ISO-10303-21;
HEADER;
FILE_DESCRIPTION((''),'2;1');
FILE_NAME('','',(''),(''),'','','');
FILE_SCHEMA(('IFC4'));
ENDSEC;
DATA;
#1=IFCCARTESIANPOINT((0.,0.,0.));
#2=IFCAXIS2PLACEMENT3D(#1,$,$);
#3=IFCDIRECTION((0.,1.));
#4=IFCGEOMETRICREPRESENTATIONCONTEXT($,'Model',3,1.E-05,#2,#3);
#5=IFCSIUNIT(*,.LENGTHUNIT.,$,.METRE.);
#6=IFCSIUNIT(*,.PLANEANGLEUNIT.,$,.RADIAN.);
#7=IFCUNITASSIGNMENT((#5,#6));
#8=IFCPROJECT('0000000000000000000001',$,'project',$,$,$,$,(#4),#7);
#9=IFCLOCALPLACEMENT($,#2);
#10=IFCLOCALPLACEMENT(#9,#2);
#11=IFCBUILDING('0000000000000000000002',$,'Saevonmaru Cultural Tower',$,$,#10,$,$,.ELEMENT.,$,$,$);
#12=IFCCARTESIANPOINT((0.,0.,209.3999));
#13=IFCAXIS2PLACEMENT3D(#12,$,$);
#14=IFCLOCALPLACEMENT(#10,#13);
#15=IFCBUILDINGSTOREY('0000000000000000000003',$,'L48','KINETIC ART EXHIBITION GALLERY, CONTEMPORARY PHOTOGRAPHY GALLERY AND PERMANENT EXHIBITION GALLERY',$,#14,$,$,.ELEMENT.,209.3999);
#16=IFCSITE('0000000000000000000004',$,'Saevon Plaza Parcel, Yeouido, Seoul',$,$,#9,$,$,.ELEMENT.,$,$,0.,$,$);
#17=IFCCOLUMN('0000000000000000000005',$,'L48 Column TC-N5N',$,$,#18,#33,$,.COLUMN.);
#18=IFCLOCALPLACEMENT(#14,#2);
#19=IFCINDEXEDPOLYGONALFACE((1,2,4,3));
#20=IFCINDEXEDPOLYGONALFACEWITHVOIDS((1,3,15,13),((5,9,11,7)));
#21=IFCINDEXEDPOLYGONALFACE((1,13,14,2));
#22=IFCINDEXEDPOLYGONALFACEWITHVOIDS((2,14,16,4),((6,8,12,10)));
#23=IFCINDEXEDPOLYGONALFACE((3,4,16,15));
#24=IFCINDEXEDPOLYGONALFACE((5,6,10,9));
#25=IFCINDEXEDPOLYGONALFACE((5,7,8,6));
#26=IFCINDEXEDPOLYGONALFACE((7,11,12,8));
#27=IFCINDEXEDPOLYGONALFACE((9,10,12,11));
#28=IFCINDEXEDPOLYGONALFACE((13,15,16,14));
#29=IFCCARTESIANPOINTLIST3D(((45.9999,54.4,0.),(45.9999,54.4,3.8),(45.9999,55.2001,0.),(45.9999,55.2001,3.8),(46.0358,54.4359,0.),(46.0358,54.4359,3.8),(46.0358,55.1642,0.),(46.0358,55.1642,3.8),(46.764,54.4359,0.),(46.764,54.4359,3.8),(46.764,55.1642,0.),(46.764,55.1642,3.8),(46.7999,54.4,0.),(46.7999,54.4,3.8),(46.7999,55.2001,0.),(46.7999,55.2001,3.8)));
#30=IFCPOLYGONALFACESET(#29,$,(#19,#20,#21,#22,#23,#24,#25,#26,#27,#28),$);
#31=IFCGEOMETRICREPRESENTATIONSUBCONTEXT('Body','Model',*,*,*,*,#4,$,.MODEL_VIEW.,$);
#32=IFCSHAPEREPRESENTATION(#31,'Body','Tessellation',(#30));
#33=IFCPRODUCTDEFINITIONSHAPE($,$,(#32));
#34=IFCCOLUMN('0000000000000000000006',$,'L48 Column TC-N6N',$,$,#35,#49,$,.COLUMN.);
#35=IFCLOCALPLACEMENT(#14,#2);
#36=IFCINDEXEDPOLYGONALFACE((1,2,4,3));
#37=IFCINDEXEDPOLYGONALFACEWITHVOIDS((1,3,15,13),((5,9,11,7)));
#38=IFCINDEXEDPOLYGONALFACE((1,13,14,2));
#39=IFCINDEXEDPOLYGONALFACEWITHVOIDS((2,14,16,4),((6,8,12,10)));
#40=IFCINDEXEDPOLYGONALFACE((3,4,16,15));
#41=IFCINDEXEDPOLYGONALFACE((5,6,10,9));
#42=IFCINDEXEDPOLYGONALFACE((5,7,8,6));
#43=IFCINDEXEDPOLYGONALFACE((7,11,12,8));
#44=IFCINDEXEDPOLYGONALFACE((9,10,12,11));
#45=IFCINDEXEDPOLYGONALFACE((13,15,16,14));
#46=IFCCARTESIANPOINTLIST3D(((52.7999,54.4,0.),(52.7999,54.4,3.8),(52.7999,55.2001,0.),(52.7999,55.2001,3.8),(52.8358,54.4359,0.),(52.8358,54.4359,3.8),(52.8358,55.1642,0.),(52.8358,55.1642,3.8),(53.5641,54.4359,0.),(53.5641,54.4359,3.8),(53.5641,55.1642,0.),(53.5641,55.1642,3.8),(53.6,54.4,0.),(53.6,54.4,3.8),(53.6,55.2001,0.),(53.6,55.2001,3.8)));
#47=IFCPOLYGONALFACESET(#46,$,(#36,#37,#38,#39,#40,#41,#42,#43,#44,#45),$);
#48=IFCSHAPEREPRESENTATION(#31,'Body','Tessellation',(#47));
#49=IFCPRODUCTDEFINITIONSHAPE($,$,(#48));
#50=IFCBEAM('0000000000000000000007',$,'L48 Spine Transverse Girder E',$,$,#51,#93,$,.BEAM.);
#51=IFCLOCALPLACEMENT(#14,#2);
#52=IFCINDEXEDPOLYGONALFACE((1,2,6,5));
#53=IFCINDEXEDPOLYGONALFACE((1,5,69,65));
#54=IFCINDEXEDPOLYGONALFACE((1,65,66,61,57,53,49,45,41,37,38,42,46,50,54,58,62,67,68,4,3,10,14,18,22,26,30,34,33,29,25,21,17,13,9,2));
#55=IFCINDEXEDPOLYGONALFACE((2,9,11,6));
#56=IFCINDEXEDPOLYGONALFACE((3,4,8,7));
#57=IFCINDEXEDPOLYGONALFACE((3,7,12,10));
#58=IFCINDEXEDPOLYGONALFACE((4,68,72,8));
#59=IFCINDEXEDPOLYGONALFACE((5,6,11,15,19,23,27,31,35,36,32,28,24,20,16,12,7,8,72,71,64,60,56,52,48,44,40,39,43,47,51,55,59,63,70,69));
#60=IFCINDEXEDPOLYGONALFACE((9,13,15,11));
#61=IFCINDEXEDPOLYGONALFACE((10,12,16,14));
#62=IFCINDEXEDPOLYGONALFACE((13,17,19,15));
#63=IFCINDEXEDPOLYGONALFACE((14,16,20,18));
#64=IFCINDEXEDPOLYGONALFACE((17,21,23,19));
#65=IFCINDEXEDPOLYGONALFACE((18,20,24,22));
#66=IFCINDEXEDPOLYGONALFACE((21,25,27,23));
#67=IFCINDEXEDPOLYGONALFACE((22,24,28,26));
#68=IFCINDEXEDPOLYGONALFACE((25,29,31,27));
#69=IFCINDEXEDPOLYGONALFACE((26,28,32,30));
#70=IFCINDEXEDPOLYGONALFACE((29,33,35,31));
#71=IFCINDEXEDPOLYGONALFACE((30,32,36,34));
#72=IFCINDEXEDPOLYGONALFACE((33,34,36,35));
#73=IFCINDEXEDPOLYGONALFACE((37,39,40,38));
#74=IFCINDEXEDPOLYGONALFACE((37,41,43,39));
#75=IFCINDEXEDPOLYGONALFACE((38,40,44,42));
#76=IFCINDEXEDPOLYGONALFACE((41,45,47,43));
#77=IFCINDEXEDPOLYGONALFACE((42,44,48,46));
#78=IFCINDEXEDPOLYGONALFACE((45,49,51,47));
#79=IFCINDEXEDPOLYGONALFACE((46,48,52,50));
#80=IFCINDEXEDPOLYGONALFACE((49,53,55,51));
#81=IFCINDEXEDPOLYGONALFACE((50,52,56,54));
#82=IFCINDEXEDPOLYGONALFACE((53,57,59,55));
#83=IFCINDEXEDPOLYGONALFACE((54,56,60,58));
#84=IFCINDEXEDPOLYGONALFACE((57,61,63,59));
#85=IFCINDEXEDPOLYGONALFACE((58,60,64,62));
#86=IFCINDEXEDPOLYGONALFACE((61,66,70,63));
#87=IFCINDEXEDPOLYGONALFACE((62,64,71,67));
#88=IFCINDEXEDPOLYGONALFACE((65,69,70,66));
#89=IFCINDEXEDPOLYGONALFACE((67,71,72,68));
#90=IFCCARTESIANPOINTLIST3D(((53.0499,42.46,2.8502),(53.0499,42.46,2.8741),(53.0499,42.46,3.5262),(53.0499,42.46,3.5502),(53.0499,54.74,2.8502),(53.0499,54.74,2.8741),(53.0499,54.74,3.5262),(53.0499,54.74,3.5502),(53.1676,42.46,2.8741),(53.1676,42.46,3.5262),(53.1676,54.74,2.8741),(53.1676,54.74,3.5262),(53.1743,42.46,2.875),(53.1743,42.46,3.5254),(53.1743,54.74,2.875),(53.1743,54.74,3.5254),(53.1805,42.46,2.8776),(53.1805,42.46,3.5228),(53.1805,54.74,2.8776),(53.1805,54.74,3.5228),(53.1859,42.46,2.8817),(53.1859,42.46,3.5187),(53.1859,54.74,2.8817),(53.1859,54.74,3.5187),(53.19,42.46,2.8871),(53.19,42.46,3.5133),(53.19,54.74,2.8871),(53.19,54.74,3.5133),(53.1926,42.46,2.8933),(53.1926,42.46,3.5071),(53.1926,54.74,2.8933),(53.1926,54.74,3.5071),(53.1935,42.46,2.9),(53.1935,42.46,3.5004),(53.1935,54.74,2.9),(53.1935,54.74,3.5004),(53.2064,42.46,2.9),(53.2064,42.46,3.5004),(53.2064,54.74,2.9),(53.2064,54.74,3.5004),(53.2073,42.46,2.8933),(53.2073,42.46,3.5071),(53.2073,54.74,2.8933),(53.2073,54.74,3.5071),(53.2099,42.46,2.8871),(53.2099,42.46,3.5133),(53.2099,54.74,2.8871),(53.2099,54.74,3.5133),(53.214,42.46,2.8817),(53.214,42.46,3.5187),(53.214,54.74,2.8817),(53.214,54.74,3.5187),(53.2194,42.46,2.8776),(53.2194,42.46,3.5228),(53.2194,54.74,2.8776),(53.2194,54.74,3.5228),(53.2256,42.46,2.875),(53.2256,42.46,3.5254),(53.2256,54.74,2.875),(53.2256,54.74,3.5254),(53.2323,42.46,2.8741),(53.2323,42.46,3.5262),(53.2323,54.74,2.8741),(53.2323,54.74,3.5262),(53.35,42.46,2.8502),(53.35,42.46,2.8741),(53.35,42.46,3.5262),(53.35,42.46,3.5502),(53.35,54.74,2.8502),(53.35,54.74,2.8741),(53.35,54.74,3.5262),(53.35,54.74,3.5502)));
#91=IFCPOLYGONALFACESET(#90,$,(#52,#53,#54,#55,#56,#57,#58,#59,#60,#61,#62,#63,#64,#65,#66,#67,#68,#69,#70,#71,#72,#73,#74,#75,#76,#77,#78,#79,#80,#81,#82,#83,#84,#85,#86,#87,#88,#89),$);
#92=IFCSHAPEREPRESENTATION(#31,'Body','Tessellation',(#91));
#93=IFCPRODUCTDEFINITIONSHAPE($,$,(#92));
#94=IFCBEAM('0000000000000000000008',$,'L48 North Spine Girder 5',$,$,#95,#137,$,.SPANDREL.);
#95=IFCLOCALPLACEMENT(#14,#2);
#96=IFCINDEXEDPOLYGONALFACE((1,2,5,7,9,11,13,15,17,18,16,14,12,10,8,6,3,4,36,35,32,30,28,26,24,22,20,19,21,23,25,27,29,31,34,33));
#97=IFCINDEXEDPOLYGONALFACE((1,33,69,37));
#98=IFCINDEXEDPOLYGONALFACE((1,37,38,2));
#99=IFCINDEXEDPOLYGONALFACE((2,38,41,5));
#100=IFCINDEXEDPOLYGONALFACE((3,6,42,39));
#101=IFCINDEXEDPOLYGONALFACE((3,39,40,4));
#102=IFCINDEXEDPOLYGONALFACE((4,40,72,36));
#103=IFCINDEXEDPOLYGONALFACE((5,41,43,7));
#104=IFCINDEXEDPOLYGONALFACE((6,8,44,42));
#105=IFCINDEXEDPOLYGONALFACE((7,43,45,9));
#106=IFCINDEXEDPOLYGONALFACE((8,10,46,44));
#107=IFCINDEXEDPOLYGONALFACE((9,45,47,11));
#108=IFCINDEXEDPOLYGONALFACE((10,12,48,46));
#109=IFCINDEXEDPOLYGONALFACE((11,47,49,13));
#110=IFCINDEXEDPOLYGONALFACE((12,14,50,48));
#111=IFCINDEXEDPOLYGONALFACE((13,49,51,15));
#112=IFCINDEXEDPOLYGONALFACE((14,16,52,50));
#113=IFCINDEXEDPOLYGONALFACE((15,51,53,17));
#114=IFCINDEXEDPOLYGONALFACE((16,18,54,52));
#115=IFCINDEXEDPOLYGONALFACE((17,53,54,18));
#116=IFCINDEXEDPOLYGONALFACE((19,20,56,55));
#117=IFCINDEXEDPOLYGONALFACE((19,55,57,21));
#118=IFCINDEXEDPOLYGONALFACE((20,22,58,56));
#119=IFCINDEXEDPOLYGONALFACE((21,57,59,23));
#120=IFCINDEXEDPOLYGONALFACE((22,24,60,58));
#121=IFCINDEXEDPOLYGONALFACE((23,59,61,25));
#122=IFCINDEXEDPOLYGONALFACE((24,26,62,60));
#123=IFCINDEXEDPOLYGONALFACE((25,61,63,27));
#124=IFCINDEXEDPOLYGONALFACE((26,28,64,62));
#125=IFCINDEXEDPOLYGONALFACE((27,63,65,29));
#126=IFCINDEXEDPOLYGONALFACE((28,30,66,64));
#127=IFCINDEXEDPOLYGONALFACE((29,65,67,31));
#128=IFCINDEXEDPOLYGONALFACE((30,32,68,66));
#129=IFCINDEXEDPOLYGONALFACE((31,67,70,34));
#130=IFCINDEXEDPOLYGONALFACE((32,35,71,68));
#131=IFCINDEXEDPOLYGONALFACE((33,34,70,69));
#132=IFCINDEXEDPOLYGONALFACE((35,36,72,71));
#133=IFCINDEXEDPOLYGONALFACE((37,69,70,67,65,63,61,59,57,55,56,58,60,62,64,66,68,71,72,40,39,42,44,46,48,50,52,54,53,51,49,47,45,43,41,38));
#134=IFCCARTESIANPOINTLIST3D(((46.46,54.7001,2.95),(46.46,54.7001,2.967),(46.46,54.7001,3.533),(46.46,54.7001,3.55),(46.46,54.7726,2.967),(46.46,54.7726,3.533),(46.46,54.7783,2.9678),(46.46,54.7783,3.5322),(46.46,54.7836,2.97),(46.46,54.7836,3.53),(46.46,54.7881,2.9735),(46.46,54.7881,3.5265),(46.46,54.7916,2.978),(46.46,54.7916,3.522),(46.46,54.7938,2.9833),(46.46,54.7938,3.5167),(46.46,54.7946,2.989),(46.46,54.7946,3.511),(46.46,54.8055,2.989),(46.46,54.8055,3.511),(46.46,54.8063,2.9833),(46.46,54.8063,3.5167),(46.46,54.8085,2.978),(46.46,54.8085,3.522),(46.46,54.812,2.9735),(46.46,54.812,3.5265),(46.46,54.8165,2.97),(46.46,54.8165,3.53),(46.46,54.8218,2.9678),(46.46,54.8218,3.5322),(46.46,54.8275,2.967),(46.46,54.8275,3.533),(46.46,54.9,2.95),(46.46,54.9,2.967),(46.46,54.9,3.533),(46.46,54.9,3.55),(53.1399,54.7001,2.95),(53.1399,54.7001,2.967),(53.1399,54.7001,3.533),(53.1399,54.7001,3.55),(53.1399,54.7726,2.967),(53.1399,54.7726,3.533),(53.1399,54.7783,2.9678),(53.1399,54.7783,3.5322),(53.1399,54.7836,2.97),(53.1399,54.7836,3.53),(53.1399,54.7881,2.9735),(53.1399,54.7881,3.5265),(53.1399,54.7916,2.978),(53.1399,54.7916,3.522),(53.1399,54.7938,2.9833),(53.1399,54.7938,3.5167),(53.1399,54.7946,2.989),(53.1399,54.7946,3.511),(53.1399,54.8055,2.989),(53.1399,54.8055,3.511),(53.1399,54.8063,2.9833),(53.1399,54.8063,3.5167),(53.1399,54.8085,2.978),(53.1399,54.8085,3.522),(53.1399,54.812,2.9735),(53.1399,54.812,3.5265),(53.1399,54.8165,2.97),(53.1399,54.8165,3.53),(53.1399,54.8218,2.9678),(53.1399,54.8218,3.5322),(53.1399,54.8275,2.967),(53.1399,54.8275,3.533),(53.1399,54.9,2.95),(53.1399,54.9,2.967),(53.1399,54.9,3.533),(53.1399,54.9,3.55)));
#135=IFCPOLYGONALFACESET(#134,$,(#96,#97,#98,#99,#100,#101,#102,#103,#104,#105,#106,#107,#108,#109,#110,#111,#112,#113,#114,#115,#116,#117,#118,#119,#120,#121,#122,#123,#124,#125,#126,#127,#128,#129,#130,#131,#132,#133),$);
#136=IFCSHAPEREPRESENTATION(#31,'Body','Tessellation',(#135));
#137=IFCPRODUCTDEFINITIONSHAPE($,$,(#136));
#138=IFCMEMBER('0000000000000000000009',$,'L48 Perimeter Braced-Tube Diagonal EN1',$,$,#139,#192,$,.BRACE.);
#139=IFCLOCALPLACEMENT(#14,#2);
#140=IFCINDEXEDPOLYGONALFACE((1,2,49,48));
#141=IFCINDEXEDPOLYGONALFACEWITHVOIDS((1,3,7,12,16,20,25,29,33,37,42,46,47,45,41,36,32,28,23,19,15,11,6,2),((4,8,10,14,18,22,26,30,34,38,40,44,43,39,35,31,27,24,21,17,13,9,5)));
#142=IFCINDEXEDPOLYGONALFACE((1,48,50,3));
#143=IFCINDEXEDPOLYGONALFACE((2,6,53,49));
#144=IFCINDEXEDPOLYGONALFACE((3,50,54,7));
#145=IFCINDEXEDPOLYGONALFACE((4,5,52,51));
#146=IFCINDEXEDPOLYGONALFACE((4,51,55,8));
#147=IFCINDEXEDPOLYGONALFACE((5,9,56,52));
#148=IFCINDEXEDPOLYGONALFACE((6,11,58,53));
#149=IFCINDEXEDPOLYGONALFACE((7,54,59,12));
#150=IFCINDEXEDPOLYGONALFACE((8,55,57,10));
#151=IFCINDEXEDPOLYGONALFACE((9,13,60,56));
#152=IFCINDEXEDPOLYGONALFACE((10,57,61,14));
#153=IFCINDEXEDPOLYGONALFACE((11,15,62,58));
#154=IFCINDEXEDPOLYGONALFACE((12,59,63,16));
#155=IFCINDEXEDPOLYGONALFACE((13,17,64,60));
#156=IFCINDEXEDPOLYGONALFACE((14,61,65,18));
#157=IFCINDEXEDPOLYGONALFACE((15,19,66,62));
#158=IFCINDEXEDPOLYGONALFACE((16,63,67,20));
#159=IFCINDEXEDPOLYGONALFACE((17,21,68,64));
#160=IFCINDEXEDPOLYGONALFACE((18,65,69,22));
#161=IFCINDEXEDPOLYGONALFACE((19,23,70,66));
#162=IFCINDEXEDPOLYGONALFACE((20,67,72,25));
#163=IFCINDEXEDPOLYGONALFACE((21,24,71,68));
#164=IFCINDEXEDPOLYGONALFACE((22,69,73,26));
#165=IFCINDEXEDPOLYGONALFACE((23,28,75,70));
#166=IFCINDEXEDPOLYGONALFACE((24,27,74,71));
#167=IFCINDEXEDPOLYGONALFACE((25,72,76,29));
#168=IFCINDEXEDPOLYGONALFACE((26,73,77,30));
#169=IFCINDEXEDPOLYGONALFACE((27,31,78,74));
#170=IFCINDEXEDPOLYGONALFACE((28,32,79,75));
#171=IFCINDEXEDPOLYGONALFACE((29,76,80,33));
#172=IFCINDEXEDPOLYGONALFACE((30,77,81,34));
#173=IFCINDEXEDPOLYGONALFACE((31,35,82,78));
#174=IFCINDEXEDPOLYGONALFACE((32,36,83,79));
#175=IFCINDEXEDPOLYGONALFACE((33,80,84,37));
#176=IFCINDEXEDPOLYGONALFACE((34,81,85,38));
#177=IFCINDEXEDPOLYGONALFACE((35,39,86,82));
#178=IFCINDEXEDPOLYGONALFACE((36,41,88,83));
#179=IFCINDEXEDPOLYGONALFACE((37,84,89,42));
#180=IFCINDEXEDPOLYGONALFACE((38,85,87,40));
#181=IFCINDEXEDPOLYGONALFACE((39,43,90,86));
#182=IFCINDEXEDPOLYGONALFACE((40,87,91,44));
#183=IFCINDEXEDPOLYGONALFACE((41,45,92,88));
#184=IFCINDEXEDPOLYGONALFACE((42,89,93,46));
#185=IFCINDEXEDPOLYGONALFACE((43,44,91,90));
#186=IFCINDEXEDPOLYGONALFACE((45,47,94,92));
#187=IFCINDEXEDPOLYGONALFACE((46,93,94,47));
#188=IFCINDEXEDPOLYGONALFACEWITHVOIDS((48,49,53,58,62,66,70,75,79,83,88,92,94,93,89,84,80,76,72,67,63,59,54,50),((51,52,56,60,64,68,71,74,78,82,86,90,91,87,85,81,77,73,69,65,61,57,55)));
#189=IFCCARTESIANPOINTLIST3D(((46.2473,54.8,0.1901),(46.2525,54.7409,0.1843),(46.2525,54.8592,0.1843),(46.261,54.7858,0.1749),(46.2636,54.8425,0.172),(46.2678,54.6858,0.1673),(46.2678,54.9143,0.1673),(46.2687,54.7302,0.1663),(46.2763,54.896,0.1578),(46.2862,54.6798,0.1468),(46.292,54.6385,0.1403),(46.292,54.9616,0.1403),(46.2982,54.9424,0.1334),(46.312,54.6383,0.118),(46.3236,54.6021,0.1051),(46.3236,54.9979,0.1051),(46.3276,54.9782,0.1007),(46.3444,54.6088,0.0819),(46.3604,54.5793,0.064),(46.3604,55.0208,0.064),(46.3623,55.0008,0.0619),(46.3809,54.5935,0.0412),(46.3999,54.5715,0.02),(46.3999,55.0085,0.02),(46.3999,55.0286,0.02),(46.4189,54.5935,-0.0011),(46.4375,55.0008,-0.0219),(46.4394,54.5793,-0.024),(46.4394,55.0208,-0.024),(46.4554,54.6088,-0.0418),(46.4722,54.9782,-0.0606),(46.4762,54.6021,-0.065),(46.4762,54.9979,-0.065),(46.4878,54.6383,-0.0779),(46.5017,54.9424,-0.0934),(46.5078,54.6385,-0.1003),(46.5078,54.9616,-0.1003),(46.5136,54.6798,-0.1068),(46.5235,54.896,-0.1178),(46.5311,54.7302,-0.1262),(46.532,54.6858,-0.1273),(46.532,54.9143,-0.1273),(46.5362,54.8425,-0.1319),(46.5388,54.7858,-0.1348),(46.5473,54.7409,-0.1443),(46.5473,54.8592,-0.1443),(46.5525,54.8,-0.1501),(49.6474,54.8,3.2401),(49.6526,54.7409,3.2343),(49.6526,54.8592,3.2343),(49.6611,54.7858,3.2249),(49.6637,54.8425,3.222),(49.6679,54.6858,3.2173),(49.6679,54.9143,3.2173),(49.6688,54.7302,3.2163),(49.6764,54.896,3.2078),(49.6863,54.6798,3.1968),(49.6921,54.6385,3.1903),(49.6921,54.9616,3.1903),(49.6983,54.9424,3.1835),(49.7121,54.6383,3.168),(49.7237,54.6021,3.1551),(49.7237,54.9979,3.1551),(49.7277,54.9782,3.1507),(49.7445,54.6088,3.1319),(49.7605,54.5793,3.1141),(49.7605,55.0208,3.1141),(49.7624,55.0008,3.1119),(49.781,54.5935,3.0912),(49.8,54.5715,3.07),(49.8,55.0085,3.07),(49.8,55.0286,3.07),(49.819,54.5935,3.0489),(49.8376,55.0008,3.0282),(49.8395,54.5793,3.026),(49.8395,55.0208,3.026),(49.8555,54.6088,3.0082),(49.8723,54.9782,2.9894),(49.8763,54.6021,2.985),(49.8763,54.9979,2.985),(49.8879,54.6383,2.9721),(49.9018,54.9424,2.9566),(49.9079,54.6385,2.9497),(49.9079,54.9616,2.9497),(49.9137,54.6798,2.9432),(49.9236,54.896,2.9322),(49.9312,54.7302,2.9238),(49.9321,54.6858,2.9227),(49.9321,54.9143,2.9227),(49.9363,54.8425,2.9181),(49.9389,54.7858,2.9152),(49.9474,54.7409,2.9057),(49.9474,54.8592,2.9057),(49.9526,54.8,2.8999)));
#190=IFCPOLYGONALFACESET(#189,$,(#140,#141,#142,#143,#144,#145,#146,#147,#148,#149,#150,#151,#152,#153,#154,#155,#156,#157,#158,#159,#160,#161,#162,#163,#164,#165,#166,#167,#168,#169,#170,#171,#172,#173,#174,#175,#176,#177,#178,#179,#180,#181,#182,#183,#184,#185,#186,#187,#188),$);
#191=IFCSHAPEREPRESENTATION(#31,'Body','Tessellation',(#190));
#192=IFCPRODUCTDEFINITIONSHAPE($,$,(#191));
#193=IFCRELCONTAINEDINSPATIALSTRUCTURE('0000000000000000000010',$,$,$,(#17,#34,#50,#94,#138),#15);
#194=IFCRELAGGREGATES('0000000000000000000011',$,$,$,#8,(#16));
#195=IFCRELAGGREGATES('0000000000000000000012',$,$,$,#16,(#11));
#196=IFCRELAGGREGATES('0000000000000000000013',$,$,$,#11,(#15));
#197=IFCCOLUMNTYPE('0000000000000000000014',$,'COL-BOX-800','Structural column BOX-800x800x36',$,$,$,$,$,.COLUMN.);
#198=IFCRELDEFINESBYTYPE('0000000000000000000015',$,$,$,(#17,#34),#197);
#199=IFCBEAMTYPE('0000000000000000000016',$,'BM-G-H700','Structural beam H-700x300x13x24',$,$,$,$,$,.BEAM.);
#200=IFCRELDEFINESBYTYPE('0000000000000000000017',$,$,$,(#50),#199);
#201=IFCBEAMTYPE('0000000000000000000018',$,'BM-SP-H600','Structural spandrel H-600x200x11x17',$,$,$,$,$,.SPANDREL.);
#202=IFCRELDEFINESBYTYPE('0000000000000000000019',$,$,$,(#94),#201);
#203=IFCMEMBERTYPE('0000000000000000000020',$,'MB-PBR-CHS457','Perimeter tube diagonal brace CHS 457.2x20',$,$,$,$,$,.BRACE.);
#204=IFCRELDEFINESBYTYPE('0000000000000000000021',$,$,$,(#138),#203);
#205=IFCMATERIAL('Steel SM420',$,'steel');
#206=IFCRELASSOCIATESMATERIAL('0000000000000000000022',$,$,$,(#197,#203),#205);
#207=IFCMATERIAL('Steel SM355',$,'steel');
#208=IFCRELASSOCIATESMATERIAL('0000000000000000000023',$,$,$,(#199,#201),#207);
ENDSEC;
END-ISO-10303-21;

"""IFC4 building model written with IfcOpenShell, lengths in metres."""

from ifc_helpers import new_model, si_unit, direction, frame, origin, origin_2d, place, context, subcontext, project, spatial, hollow_rectangle, hollow_circle, i_section, extrude, material, material_profile, profile_set, type_object, element, save


model = new_model("IFC4")

# Units and contexts
model_context = context("Model", 3, precision=1e-05, world=origin(), true_north=direction((0.0, 1.0)))
body_context = subcontext(model_context, "Body", "Model", "MODEL_VIEW")
ifc_project = project(units=[si_unit("LENGTHUNIT", "METRE"), si_unit("PLANEANGLEUNIT", "RADIAN")], contexts=[model_context])

# Site, building, storey
site_placement = place(None, origin())
site = spatial("IfcSite", under=ifc_project, at=site_placement, Name="Saevon Plaza Parcel, Yeouido, Seoul", CompositionType="ELEMENT", RefElevation=0.0)
building_placement = place(site_placement, origin())
building = spatial("IfcBuilding", under=site, at=building_placement, Name="Saevonmaru Cultural Tower", CompositionType="ELEMENT")
storey_placement = place(building_placement, frame((0.0, 0.0, 209.3999)))
storey = spatial("IfcBuildingStorey", under=building, at=storey_placement, Name="L48", Description="KINETIC ART EXHIBITION GALLERY, CONTEMPORARY PHOTOGRAPHY GALLERY AND PERMANENT EXHIBITION GALLERY", CompositionType="ELEMENT", Elevation=209.3999)

# Columns
ifc_material_1 = material(Name="Steel SM420", Category="steel")
ifc_material_profile_1 = material_profile(ifc_material_1, hollow_rectangle(XDim=0.8, YDim=0.8, WallThickness=0.0359, at=origin_2d()), Name="BOX-800x800x36")
ifc_profile_set_1 = profile_set([ifc_material_profile_1], Name="Steel SM420")
column_type = type_object("IfcColumnType", Name="COL-BOX-800", Description="Structural column BOX-800x800x36", PredefinedType="COLUMN", material=ifc_profile_set_1)
for number, where, z_axis, x_axis, name in (
    (1, (46.3999, 54.8, 0.0), (0.0, 0.0, 1.0), (1.0, 0.0, 0.0), "L48 Column TC-N5N"),
    (2, (53.2, 54.8, 0.0), (0.0, 0.0, 1.0), (1.0, 0.0, 0.0), "L48 Column TC-N6N"),
):
    element("IfcColumn", number, at=place(storey_placement, frame(where, z_axis=z_axis, x_axis=x_axis)), inside=storey, type_object=column_type, Name=name, PredefinedType="COLUMN", context=body_context, shape_type="SweptSolid", body=[
        extrude(hollow_rectangle(XDim=0.8, YDim=0.8, WallThickness=0.0359, at=origin_2d()), origin(), (0.0, 0.0, 1.0), 3.8),
    ])

# Beams
ifc_material_2 = material(Name="Steel SM355", Category="steel")
ifc_material_profile_2 = material_profile(ifc_material_2, i_section(OverallWidth=0.3, OverallDepth=0.7, WebThickness=0.0129, FlangeThickness=0.0239, FilletRadius=0.0259, at=origin_2d()), Name="H-700x300x13x24")
ifc_profile_set_2 = profile_set([ifc_material_profile_2], Name="Steel SM355")
beam_type_1 = type_object("IfcBeamType", Name="BM-G-H700", Description="Structural beam H-700x300x13x24", PredefinedType="BEAM", material=ifc_profile_set_2)
beam_1_placement = place(storey_placement, frame((53.2, 54.74, 3.2002), z_axis=(0.0, -1.0, 0.0), x_axis=(1.0, 0.0, 0.0)))
element("IfcBeam", 3, at=beam_1_placement, inside=storey, type_object=beam_type_1, Name="L48 Spine Transverse Girder E", PredefinedType="BEAM", context=body_context, shape_type="SweptSolid", body=[
    extrude(i_section(OverallWidth=0.3, OverallDepth=0.7, WebThickness=0.0129, FlangeThickness=0.0239, FilletRadius=0.0259, at=origin_2d()), origin(), (0.0, 0.0, 1.0), 12.28),
])
ifc_material_profile_3 = material_profile(ifc_material_2, i_section(OverallWidth=0.2, OverallDepth=0.6001, WebThickness=0.011, FlangeThickness=0.0171, FilletRadius=0.022, at=origin_2d()), Name="H-600x200x11x17")
ifc_profile_set_3 = profile_set([ifc_material_profile_3], Name="Steel SM355")
beam_type_2 = type_object("IfcBeamType", Name="BM-SP-H600", Description="Structural spandrel H-600x200x11x17", PredefinedType="SPANDREL", material=ifc_profile_set_3)
beam_2_placement = place(storey_placement, frame((46.46, 54.8, 3.25), z_axis=(1.0, 0.0, 0.0), x_axis=(0.0, 1.0, 0.0)))
element("IfcBeam", 4, at=beam_2_placement, inside=storey, type_object=beam_type_2, Name="L48 North Spine Girder 5", PredefinedType="SPANDREL", context=body_context, shape_type="SweptSolid", body=[
    extrude(i_section(OverallWidth=0.2, OverallDepth=0.6001, WebThickness=0.011, FlangeThickness=0.0171, FilletRadius=0.022, at=origin_2d()), origin(), (0.0, 0.0, 1.0), 6.6799),
])

# Member
ifc_material_profile_4 = material_profile(ifc_material_1, hollow_circle(Radius=0.2285, WallThickness=0.02, at=origin_2d()), Name="CHS-457.2x20")
ifc_profile_set_4 = profile_set([ifc_material_profile_4], Name="Steel SM420")
member_type_1 = type_object("IfcMemberType", Name="MB-PBR-CHS457", Description="Perimeter tube diagonal brace CHS 457.2x20", PredefinedType="BRACE", material=ifc_profile_set_4)
for number, where, z_axis, x_axis, name in (
    (5, (46.3999, 54.8, 0.02), (0.744391, 0.0, 0.667744), (0.0, 1.0, 0.0), "L48 Perimeter Braced-Tube Diagonal EN1"),
):
    element("IfcMember", number, at=place(storey_placement, frame(where, z_axis=z_axis, x_axis=x_axis)), inside=storey, type_object=member_type_1, Name=name, PredefinedType="BRACE", context=body_context, shape_type="SweptSolid", body=[
        extrude(hollow_circle(Radius=0.2285, WallThickness=0.02, at=origin_2d()), origin(), (0.0, 0.0, 1.0), 4.5676),
    ])

save(model, "model.ifc")
